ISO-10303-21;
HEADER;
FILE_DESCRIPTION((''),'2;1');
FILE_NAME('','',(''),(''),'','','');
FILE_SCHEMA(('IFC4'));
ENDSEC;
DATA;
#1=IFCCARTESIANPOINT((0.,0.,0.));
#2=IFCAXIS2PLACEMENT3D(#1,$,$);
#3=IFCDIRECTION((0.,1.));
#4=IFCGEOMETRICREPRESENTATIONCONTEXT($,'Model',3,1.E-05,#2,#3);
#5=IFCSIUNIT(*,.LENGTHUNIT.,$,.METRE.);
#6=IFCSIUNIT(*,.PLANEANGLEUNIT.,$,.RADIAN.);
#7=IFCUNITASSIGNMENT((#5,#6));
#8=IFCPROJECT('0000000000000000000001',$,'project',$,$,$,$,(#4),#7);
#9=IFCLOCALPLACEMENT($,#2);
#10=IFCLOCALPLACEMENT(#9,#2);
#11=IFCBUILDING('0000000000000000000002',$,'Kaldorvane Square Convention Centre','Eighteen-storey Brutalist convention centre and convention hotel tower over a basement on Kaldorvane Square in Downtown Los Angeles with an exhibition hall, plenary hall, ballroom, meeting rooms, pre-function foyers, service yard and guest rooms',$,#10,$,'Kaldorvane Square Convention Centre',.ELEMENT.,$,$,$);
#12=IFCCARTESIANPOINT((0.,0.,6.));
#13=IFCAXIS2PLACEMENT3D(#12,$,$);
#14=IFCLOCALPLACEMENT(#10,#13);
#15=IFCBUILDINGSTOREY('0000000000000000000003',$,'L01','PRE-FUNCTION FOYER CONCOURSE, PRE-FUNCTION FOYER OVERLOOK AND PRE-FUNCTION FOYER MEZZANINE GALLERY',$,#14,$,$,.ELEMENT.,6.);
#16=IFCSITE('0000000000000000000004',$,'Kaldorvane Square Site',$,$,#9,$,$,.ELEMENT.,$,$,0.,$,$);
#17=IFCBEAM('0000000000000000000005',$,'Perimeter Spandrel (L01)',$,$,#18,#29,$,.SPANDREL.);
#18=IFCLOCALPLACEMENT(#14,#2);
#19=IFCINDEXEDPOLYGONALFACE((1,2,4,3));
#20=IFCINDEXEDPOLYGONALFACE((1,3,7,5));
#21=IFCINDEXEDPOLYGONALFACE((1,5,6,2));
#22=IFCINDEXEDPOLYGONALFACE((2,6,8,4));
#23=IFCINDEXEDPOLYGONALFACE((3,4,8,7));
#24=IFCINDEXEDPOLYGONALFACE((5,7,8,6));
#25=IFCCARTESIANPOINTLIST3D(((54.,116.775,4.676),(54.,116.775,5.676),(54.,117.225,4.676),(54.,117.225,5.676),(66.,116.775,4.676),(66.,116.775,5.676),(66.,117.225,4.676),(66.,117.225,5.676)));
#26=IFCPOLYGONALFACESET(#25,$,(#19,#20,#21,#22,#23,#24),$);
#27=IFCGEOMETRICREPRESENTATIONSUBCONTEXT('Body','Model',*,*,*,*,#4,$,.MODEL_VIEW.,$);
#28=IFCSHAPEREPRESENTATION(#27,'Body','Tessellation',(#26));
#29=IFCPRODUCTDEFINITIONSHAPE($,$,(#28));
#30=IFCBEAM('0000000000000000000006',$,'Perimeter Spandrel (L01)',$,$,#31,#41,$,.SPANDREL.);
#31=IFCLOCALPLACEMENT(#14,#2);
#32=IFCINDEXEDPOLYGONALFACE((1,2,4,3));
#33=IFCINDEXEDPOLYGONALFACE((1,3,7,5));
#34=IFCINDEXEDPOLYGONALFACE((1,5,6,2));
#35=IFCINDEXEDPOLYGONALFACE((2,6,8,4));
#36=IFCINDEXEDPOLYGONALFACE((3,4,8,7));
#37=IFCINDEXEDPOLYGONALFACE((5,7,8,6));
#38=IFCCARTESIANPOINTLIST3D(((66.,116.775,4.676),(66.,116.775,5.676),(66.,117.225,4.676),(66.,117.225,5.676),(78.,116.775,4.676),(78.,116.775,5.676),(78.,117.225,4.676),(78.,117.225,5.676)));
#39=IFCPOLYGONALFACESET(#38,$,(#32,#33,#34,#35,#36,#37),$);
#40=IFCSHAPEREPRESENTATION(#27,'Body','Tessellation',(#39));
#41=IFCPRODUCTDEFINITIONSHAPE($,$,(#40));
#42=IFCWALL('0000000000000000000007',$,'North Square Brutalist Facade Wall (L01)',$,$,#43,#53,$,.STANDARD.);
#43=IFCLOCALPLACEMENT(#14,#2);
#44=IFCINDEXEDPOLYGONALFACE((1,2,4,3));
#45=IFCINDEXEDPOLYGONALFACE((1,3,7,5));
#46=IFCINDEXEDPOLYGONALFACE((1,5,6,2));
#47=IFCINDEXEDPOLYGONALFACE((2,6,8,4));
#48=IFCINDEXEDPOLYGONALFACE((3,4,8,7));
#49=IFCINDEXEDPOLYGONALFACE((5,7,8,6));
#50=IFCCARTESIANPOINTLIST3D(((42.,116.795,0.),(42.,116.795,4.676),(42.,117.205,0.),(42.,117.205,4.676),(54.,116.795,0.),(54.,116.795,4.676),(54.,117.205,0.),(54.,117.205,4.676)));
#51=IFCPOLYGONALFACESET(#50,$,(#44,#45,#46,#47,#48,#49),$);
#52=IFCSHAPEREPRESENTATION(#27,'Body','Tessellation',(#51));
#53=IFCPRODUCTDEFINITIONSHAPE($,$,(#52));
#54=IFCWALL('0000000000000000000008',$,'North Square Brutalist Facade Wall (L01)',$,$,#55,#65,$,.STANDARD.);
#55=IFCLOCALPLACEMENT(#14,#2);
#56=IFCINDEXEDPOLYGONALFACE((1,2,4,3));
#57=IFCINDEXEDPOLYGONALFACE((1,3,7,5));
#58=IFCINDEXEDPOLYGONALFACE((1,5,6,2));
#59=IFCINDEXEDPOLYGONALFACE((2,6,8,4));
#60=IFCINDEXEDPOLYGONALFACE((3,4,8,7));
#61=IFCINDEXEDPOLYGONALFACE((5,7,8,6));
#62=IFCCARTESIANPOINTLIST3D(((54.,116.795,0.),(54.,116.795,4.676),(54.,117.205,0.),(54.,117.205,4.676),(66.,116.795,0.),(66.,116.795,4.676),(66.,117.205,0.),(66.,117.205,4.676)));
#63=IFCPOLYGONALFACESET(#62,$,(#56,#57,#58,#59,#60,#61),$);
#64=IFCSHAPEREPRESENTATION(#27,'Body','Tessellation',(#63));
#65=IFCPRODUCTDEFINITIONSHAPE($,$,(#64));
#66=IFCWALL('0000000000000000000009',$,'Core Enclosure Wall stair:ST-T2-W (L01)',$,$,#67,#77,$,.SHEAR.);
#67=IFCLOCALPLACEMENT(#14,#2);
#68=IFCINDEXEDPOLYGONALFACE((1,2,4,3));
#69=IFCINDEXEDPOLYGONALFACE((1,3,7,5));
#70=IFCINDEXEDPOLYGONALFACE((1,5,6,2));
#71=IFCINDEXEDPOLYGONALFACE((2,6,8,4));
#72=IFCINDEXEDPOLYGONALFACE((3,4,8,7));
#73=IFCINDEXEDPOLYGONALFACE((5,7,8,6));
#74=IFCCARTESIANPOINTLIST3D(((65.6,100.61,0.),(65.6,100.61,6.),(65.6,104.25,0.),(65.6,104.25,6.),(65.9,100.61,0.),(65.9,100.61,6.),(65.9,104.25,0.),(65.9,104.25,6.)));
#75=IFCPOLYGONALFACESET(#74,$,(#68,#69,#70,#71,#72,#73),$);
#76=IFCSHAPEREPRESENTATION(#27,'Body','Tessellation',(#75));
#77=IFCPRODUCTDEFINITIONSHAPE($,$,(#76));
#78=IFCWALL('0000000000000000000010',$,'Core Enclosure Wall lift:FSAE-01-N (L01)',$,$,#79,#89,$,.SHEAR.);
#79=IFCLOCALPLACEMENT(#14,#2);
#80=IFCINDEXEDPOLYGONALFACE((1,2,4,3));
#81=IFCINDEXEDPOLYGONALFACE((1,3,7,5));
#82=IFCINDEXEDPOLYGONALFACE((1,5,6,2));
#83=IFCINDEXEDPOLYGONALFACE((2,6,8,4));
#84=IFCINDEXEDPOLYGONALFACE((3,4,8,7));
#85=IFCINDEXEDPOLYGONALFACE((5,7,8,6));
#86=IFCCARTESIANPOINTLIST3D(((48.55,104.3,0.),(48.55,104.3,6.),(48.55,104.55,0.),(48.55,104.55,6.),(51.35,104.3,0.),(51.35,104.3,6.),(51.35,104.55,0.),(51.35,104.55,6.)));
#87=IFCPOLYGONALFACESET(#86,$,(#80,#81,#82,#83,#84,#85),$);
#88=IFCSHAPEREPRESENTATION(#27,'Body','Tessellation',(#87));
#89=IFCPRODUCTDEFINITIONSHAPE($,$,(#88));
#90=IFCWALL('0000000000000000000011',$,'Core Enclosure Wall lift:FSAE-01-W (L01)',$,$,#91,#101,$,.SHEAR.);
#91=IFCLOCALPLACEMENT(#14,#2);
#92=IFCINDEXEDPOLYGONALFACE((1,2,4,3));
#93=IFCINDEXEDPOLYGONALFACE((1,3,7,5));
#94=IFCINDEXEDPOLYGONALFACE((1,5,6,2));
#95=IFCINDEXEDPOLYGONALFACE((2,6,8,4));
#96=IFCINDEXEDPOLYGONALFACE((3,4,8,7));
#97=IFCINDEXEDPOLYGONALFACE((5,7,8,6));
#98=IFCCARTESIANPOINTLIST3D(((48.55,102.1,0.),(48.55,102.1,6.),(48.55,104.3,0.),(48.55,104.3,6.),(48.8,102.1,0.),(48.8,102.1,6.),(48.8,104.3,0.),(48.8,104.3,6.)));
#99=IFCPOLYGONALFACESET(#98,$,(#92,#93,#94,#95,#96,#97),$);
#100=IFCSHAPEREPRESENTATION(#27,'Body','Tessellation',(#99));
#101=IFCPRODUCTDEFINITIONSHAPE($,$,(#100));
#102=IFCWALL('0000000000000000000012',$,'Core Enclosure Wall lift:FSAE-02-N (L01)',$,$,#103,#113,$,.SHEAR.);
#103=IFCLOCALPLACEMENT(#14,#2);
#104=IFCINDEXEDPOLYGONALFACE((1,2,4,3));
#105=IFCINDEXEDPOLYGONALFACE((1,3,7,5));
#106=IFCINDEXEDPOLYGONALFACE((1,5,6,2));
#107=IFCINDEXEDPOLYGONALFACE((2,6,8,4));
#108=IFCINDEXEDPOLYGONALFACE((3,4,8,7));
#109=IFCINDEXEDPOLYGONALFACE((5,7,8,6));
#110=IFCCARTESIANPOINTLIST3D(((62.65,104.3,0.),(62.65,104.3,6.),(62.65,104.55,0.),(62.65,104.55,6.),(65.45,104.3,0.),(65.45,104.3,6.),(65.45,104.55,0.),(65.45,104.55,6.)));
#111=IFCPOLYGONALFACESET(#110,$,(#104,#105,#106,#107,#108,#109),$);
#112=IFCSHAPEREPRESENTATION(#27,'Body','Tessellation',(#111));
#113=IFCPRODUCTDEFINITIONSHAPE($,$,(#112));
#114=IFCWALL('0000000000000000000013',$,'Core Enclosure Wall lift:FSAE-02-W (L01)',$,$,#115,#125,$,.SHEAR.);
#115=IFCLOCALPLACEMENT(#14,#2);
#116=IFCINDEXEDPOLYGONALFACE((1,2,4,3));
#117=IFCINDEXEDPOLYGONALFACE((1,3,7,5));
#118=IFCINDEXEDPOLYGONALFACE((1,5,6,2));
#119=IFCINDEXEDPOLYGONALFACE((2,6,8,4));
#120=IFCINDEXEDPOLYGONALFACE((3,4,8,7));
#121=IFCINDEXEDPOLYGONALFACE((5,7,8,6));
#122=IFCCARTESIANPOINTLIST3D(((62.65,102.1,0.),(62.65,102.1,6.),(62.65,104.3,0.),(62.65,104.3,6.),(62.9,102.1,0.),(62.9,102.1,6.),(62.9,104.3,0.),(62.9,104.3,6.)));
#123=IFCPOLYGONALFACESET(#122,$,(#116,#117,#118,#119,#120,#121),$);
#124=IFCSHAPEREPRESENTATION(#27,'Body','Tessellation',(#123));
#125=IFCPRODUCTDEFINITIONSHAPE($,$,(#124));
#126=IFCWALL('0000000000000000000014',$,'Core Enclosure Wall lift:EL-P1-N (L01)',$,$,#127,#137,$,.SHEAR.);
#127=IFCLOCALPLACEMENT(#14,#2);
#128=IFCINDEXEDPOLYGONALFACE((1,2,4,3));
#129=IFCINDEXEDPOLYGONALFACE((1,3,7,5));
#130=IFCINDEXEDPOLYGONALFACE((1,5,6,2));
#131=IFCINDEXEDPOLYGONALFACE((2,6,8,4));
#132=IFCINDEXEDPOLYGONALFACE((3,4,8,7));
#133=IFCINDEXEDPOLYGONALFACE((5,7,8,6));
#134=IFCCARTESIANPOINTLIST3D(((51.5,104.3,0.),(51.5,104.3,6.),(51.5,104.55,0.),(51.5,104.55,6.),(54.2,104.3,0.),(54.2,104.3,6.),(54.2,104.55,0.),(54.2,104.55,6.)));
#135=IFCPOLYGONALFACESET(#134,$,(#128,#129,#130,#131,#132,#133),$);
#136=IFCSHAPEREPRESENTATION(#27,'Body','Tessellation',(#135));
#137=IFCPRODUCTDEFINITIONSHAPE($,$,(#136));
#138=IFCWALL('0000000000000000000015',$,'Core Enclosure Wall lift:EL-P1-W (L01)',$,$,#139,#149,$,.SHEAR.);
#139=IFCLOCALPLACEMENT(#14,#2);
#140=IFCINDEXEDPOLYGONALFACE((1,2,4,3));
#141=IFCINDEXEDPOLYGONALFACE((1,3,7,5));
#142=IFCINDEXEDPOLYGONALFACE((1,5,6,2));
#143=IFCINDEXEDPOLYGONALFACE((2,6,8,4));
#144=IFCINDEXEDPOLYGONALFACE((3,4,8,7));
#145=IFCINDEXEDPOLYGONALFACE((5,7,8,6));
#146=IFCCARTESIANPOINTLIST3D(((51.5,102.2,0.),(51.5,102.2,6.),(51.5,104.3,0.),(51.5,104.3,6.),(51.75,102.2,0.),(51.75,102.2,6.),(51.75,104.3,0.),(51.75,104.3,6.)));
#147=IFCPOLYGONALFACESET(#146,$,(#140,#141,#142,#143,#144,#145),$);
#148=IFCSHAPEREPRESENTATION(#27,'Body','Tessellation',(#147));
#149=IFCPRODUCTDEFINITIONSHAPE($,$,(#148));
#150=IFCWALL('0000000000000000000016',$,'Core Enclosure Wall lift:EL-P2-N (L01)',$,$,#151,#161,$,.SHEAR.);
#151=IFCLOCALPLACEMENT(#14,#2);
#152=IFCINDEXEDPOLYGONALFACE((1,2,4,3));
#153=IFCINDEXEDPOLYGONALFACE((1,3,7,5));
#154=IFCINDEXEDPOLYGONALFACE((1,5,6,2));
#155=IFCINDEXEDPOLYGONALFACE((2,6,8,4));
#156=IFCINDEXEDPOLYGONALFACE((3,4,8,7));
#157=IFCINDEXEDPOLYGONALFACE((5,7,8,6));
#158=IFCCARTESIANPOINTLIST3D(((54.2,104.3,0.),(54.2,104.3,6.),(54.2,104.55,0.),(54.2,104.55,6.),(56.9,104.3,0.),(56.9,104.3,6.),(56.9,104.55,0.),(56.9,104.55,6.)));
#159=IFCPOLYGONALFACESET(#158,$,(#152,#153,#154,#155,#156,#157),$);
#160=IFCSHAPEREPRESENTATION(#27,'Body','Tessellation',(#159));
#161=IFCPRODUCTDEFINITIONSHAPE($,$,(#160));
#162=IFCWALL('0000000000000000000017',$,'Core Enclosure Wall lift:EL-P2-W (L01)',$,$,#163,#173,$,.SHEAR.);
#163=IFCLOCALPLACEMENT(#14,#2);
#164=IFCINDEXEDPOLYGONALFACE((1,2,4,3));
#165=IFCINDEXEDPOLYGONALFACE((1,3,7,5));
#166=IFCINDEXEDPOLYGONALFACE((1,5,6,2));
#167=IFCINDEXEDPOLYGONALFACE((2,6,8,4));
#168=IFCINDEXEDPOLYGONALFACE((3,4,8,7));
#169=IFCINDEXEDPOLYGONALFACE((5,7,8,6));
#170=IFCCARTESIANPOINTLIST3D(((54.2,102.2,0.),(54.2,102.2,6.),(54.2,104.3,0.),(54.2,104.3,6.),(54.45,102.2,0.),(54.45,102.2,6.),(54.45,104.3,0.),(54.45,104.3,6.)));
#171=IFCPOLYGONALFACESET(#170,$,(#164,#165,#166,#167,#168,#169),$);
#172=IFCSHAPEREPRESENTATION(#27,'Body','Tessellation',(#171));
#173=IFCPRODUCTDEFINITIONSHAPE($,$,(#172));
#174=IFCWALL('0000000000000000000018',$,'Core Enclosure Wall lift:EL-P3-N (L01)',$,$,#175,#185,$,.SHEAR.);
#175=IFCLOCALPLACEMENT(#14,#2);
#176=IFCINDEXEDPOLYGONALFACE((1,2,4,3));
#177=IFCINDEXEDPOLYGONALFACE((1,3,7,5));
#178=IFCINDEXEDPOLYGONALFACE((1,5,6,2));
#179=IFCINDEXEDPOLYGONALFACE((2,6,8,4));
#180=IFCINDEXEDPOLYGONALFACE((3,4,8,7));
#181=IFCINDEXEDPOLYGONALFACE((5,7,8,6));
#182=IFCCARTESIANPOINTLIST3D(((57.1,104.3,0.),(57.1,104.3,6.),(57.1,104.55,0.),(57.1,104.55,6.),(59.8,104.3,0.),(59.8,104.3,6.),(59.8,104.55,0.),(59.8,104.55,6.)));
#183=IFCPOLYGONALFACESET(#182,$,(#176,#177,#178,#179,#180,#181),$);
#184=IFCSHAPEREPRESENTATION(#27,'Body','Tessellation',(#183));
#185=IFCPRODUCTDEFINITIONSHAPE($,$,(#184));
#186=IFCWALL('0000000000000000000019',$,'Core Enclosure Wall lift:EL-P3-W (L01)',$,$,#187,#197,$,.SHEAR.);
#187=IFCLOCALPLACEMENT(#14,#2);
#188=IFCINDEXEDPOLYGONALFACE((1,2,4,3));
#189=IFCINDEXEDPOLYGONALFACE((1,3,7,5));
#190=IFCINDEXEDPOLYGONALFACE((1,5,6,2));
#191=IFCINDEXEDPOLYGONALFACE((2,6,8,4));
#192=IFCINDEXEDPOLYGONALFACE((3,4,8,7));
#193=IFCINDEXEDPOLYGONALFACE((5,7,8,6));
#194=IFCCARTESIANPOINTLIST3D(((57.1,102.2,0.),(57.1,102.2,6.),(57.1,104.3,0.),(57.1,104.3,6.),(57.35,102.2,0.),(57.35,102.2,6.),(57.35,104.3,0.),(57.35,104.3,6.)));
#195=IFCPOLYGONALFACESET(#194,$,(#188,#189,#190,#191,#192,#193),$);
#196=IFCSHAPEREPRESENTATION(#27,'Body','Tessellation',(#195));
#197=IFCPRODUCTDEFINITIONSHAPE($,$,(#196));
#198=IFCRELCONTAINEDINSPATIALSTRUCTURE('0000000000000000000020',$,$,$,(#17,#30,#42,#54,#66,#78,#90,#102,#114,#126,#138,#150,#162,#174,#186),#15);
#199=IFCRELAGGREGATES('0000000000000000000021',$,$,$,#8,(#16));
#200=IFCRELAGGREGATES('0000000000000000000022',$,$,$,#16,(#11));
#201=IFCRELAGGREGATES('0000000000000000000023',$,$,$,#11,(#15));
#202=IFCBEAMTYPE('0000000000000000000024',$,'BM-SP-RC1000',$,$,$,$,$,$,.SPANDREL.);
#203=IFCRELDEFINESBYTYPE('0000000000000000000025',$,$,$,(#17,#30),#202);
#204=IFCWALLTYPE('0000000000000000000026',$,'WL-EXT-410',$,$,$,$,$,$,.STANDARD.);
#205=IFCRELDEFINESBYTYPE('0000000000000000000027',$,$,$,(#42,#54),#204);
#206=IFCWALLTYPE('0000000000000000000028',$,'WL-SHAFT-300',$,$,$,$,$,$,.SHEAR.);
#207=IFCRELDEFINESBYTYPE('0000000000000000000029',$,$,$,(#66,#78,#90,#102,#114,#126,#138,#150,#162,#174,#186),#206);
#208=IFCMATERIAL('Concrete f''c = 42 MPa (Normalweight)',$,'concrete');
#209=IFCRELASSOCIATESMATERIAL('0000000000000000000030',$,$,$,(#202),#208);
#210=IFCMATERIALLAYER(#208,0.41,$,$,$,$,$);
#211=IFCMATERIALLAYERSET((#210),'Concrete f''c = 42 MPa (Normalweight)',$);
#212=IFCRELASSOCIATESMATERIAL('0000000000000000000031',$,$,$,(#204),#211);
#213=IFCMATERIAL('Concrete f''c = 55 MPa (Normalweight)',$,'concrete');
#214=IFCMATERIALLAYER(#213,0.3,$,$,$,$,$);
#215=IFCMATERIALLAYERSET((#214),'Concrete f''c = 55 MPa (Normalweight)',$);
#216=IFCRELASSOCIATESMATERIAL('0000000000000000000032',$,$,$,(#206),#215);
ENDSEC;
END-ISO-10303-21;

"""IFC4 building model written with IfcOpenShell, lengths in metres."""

from ifc_helpers import new_model, si_unit, direction, frame, frame_2d, origin, origin_2d, place, context, subcontext, project, spatial, rectangle, extrude, material, layer, layer_set, material_profile, profile_set, type_object, element, save


model = new_model("IFC4")

# Units and contexts
model_context = context("Model", 3, precision=1e-05, world=origin(), true_north=direction((0.0, 1.0)))
body_context = subcontext(model_context, "Body", "Model", "MODEL_VIEW")
ifc_project = project(units=[si_unit("LENGTHUNIT", "METRE"), si_unit("PLANEANGLEUNIT", "RADIAN")], contexts=[model_context])

# Site, building, storey
site_placement = place(None, origin())
site = spatial("IfcSite", under=ifc_project, at=site_placement, Name="Kaldorvane Square Site", CompositionType="ELEMENT", RefElevation=0.0)
building_placement = place(site_placement, origin())
building = spatial("IfcBuilding", under=site, at=building_placement, Name="Kaldorvane Square Convention Centre", Description="Eighteen-storey Brutalist convention centre and convention hotel tower over a basement on Kaldorvane Square in Downtown Los Angeles with an exhibition hall, plenary hall, ballroom, meeting rooms, pre-function foyers, service yard and guest rooms", LongName="Kaldorvane Square Convention Centre", CompositionType="ELEMENT")
storey_placement = place(building_placement, frame((0.0, 0.0, 6.0)))
storey = spatial("IfcBuildingStorey", under=building, at=storey_placement, Name="L01", Description="PRE-FUNCTION FOYER CONCOURSE, PRE-FUNCTION FOYER OVERLOOK AND PRE-FUNCTION FOYER MEZZANINE GALLERY", CompositionType="ELEMENT", Elevation=6.0)

# Shared definitions
ifc_material_1 = material(Name="Concrete f'c = 55 MPa (Normalweight)", Category="concrete")

# Beams
ifc_material_2 = material(Name="Concrete f'c = 42 MPa (Normalweight)", Category="concrete")
ifc_material_profile_1 = material_profile(ifc_material_2, rectangle(XDim=0.45, YDim=1.0, at=origin_2d()), Name="RCSP1000X450")
ifc_profile_set_1 = profile_set([ifc_material_profile_1], Name="Concrete f'c = 42 MPa (Normalweight)")
beam_type_1 = type_object("IfcBeamType", Name="BM-SP-RC1000", PredefinedType="SPANDREL", material=ifc_profile_set_1)
for number, where, z_axis, x_axis, name in (
    (1, (54.0, 117.0, 5.176), (1.0, 0.0, 0.0), (0.0, 1.0, 0.0), "Perimeter Spandrel (L01)"),
    (2, (66.0, 117.0, 5.176), (1.0, 0.0, 0.0), (0.0, 1.0, 0.0), "Perimeter Spandrel (L01)"),
):
    element("IfcBeam", number, at=place(storey_placement, frame(where, z_axis=z_axis, x_axis=x_axis)), inside=storey, type_object=beam_type_1, Name=name, PredefinedType="SPANDREL", context=body_context, shape_type="SweptSolid", body=[
        extrude(rectangle(XDim=0.45, YDim=1.0, at=origin_2d()), origin(), (0.0, 0.0, 1.0), 12.0),
    ])

# Walls
ifc_layer_1 = layer(ifc_material_2, 0.41)
ifc_layer_set_1 = layer_set([ifc_layer_1], Name="Concrete f'c = 42 MPa (Normalweight)")
wall_type_1 = type_object("IfcWallType", Name="WL-EXT-410", PredefinedType="STANDARD", material=ifc_layer_set_1)
for number, where, z_axis, x_axis, name in (
    (3, (54.0, 117.0, 0.0), (0.0, 0.0, 1.0), (-1.0, 0.0, 0.0), "North Square Brutalist Facade Wall (L01)"),
    (4, (66.0, 117.0, 0.0), (0.0, 0.0, 1.0), (-1.0, 0.0, 0.0), "North Square Brutalist Facade Wall (L01)"),
):
    element("IfcWall", number, at=place(storey_placement, frame(where, z_axis=z_axis, x_axis=x_axis)), inside=storey, type_object=wall_type_1, Name=name, PredefinedType="STANDARD", context=body_context, shape_type="SweptSolid", body=[
        extrude(rectangle(XDim=12.0, YDim=0.41, at=frame_2d((6.0, 0.0))), origin(), (0.0, 0.0, 1.0), 4.676),
    ])
ifc_layer_2 = layer(ifc_material_1, 0.3)
ifc_layer_set_2 = layer_set([ifc_layer_2], Name="Concrete f'c = 55 MPa (Normalweight)")
wall_type_2 = type_object("IfcWallType", Name="WL-SHAFT-300", PredefinedType="SHEAR", material=ifc_layer_set_2)
wall_1_placement = place(storey_placement, frame((65.75, 104.25, 0.0), z_axis=(0.0, 0.0, 1.0), x_axis=(0.0, -1.0, 0.0)))
element("IfcWall", 5, at=wall_1_placement, inside=storey, type_object=wall_type_2, Name="Core Enclosure Wall stair:ST-T2-W (L01)", PredefinedType="SHEAR", context=body_context, shape_type="SweptSolid", body=[
    extrude(rectangle(XDim=3.64, YDim=0.3, at=frame_2d((1.82, 0.0))), origin(), (0.0, 0.0, 1.0), 6.0),
])
wall_2_placement = place(storey_placement, frame((51.35, 104.425, 0.0), z_axis=(0.0, 0.0, 1.0), x_axis=(-1.0, 0.0, 0.0)))
element("IfcWall", 6, at=wall_2_placement, inside=storey, type_object=wall_type_2, Name="Core Enclosure Wall lift:FSAE-01-N (L01)", PredefinedType="SHEAR", context=body_context, shape_type="SweptSolid", body=[
    extrude(rectangle(XDim=2.8, YDim=0.25, at=frame_2d((1.4, 0.0))), origin(), (0.0, 0.0, 1.0), 6.0),
])
wall_3_placement = place(storey_placement, frame((48.675, 104.3, 0.0), z_axis=(0.0, 0.0, 1.0), x_axis=(0.0, -1.0, 0.0)))
element("IfcWall", 7, at=wall_3_placement, inside=storey, type_object=wall_type_2, Name="Core Enclosure Wall lift:FSAE-01-W (L01)", PredefinedType="SHEAR", context=body_context, shape_type="SweptSolid", body=[
    extrude(rectangle(XDim=2.2, YDim=0.25, at=frame_2d((1.1, 0.0))), origin(), (0.0, 0.0, 1.0), 6.0),
])
wall_4_placement = place(storey_placement, frame((65.45, 104.425, 0.0), z_axis=(0.0, 0.0, 1.0), x_axis=(-1.0, 0.0, 0.0)))
element("IfcWall", 8, at=wall_4_placement, inside=storey, type_object=wall_type_2, Name="Core Enclosure Wall lift:FSAE-02-N (L01)", PredefinedType="SHEAR", context=body_context, shape_type="SweptSolid", body=[
    extrude(rectangle(XDim=2.8, YDim=0.25, at=frame_2d((1.4, 0.0))), origin(), (0.0, 0.0, 1.0), 6.0),
])
wall_5_placement = place(storey_placement, frame((62.775, 104.3, 0.0), z_axis=(0.0, 0.0, 1.0), x_axis=(0.0, -1.0, 0.0)))
element("IfcWall", 9, at=wall_5_placement, inside=storey, type_object=wall_type_2, Name="Core Enclosure Wall lift:FSAE-02-W (L01)", PredefinedType="SHEAR", context=body_context, shape_type="SweptSolid", body=[
    extrude(rectangle(XDim=2.2, YDim=0.25, at=frame_2d((1.1, 0.0))), origin(), (0.0, 0.0, 1.0), 6.0),
])
wall_6_placement = place(storey_placement, frame((54.2, 104.425, 0.0), z_axis=(0.0, 0.0, 1.0), x_axis=(-1.0, 0.0, 0.0)))
element("IfcWall", 10, at=wall_6_placement, inside=storey, type_object=wall_type_2, Name="Core Enclosure Wall lift:EL-P1-N (L01)", PredefinedType="SHEAR", context=body_context, shape_type="SweptSolid", body=[
    extrude(rectangle(XDim=2.7, YDim=0.25, at=frame_2d((1.35, 0.0))), origin(), (0.0, 0.0, 1.0), 6.0),
])
wall_7_placement = place(storey_placement, frame((51.625, 104.3, 0.0), z_axis=(0.0, 0.0, 1.0), x_axis=(0.0, -1.0, 0.0)))
element("IfcWall", 11, at=wall_7_placement, inside=storey, type_object=wall_type_2, Name="Core Enclosure Wall lift:EL-P1-W (L01)", PredefinedType="SHEAR", context=body_context, shape_type="SweptSolid", body=[
    extrude(rectangle(XDim=2.1, YDim=0.25, at=frame_2d((1.05, 0.0))), origin(), (0.0, 0.0, 1.0), 6.0),
])
wall_8_placement = place(storey_placement, frame((56.9, 104.425, 0.0), z_axis=(0.0, 0.0, 1.0), x_axis=(-1.0, 0.0, 0.0)))
element("IfcWall", 12, at=wall_8_placement, inside=storey, type_object=wall_type_2, Name="Core Enclosure Wall lift:EL-P2-N (L01)", PredefinedType="SHEAR", context=body_context, shape_type="SweptSolid", body=[
    extrude(rectangle(XDim=2.7, YDim=0.25, at=frame_2d((1.35, 0.0))), origin(), (0.0, 0.0, 1.0), 6.0),
])
wall_9_placement = place(storey_placement, frame((54.325, 104.3, 0.0), z_axis=(0.0, 0.0, 1.0), x_axis=(0.0, -1.0, 0.0)))
element("IfcWall", 13, at=wall_9_placement, inside=storey, type_object=wall_type_2, Name="Core Enclosure Wall lift:EL-P2-W (L01)", PredefinedType="SHEAR", context=body_context, shape_type="SweptSolid", body=[
    extrude(rectangle(XDim=2.1, YDim=0.25, at=frame_2d((1.05, 0.0))), origin(), (0.0, 0.0, 1.0), 6.0),
])
wall_10_placement = place(storey_placement, frame((59.8, 104.425, 0.0), z_axis=(0.0, 0.0, 1.0), x_axis=(-1.0, 0.0, 0.0)))
element("IfcWall", 14, at=wall_10_placement, inside=storey, type_object=wall_type_2, Name="Core Enclosure Wall lift:EL-P3-N (L01)", PredefinedType="SHEAR", context=body_context, shape_type="SweptSolid", body=[
    extrude(rectangle(XDim=2.7, YDim=0.25, at=frame_2d((1.35, 0.0))), origin(), (0.0, 0.0, 1.0), 6.0),
])
wall_11_placement = place(storey_placement, frame((57.225, 104.3, 0.0), z_axis=(0.0, 0.0, 1.0), x_axis=(0.0, -1.0, 0.0)))
element("IfcWall", 15, at=wall_11_placement, inside=storey, type_object=wall_type_2, Name="Core Enclosure Wall lift:EL-P3-W (L01)", PredefinedType="SHEAR", context=body_context, shape_type="SweptSolid", body=[
    extrude(rectangle(XDim=2.1, YDim=0.25, at=frame_2d((1.05, 0.0))), origin(), (0.0, 0.0, 1.0), 6.0),
])

save(model, "model.ifc")
